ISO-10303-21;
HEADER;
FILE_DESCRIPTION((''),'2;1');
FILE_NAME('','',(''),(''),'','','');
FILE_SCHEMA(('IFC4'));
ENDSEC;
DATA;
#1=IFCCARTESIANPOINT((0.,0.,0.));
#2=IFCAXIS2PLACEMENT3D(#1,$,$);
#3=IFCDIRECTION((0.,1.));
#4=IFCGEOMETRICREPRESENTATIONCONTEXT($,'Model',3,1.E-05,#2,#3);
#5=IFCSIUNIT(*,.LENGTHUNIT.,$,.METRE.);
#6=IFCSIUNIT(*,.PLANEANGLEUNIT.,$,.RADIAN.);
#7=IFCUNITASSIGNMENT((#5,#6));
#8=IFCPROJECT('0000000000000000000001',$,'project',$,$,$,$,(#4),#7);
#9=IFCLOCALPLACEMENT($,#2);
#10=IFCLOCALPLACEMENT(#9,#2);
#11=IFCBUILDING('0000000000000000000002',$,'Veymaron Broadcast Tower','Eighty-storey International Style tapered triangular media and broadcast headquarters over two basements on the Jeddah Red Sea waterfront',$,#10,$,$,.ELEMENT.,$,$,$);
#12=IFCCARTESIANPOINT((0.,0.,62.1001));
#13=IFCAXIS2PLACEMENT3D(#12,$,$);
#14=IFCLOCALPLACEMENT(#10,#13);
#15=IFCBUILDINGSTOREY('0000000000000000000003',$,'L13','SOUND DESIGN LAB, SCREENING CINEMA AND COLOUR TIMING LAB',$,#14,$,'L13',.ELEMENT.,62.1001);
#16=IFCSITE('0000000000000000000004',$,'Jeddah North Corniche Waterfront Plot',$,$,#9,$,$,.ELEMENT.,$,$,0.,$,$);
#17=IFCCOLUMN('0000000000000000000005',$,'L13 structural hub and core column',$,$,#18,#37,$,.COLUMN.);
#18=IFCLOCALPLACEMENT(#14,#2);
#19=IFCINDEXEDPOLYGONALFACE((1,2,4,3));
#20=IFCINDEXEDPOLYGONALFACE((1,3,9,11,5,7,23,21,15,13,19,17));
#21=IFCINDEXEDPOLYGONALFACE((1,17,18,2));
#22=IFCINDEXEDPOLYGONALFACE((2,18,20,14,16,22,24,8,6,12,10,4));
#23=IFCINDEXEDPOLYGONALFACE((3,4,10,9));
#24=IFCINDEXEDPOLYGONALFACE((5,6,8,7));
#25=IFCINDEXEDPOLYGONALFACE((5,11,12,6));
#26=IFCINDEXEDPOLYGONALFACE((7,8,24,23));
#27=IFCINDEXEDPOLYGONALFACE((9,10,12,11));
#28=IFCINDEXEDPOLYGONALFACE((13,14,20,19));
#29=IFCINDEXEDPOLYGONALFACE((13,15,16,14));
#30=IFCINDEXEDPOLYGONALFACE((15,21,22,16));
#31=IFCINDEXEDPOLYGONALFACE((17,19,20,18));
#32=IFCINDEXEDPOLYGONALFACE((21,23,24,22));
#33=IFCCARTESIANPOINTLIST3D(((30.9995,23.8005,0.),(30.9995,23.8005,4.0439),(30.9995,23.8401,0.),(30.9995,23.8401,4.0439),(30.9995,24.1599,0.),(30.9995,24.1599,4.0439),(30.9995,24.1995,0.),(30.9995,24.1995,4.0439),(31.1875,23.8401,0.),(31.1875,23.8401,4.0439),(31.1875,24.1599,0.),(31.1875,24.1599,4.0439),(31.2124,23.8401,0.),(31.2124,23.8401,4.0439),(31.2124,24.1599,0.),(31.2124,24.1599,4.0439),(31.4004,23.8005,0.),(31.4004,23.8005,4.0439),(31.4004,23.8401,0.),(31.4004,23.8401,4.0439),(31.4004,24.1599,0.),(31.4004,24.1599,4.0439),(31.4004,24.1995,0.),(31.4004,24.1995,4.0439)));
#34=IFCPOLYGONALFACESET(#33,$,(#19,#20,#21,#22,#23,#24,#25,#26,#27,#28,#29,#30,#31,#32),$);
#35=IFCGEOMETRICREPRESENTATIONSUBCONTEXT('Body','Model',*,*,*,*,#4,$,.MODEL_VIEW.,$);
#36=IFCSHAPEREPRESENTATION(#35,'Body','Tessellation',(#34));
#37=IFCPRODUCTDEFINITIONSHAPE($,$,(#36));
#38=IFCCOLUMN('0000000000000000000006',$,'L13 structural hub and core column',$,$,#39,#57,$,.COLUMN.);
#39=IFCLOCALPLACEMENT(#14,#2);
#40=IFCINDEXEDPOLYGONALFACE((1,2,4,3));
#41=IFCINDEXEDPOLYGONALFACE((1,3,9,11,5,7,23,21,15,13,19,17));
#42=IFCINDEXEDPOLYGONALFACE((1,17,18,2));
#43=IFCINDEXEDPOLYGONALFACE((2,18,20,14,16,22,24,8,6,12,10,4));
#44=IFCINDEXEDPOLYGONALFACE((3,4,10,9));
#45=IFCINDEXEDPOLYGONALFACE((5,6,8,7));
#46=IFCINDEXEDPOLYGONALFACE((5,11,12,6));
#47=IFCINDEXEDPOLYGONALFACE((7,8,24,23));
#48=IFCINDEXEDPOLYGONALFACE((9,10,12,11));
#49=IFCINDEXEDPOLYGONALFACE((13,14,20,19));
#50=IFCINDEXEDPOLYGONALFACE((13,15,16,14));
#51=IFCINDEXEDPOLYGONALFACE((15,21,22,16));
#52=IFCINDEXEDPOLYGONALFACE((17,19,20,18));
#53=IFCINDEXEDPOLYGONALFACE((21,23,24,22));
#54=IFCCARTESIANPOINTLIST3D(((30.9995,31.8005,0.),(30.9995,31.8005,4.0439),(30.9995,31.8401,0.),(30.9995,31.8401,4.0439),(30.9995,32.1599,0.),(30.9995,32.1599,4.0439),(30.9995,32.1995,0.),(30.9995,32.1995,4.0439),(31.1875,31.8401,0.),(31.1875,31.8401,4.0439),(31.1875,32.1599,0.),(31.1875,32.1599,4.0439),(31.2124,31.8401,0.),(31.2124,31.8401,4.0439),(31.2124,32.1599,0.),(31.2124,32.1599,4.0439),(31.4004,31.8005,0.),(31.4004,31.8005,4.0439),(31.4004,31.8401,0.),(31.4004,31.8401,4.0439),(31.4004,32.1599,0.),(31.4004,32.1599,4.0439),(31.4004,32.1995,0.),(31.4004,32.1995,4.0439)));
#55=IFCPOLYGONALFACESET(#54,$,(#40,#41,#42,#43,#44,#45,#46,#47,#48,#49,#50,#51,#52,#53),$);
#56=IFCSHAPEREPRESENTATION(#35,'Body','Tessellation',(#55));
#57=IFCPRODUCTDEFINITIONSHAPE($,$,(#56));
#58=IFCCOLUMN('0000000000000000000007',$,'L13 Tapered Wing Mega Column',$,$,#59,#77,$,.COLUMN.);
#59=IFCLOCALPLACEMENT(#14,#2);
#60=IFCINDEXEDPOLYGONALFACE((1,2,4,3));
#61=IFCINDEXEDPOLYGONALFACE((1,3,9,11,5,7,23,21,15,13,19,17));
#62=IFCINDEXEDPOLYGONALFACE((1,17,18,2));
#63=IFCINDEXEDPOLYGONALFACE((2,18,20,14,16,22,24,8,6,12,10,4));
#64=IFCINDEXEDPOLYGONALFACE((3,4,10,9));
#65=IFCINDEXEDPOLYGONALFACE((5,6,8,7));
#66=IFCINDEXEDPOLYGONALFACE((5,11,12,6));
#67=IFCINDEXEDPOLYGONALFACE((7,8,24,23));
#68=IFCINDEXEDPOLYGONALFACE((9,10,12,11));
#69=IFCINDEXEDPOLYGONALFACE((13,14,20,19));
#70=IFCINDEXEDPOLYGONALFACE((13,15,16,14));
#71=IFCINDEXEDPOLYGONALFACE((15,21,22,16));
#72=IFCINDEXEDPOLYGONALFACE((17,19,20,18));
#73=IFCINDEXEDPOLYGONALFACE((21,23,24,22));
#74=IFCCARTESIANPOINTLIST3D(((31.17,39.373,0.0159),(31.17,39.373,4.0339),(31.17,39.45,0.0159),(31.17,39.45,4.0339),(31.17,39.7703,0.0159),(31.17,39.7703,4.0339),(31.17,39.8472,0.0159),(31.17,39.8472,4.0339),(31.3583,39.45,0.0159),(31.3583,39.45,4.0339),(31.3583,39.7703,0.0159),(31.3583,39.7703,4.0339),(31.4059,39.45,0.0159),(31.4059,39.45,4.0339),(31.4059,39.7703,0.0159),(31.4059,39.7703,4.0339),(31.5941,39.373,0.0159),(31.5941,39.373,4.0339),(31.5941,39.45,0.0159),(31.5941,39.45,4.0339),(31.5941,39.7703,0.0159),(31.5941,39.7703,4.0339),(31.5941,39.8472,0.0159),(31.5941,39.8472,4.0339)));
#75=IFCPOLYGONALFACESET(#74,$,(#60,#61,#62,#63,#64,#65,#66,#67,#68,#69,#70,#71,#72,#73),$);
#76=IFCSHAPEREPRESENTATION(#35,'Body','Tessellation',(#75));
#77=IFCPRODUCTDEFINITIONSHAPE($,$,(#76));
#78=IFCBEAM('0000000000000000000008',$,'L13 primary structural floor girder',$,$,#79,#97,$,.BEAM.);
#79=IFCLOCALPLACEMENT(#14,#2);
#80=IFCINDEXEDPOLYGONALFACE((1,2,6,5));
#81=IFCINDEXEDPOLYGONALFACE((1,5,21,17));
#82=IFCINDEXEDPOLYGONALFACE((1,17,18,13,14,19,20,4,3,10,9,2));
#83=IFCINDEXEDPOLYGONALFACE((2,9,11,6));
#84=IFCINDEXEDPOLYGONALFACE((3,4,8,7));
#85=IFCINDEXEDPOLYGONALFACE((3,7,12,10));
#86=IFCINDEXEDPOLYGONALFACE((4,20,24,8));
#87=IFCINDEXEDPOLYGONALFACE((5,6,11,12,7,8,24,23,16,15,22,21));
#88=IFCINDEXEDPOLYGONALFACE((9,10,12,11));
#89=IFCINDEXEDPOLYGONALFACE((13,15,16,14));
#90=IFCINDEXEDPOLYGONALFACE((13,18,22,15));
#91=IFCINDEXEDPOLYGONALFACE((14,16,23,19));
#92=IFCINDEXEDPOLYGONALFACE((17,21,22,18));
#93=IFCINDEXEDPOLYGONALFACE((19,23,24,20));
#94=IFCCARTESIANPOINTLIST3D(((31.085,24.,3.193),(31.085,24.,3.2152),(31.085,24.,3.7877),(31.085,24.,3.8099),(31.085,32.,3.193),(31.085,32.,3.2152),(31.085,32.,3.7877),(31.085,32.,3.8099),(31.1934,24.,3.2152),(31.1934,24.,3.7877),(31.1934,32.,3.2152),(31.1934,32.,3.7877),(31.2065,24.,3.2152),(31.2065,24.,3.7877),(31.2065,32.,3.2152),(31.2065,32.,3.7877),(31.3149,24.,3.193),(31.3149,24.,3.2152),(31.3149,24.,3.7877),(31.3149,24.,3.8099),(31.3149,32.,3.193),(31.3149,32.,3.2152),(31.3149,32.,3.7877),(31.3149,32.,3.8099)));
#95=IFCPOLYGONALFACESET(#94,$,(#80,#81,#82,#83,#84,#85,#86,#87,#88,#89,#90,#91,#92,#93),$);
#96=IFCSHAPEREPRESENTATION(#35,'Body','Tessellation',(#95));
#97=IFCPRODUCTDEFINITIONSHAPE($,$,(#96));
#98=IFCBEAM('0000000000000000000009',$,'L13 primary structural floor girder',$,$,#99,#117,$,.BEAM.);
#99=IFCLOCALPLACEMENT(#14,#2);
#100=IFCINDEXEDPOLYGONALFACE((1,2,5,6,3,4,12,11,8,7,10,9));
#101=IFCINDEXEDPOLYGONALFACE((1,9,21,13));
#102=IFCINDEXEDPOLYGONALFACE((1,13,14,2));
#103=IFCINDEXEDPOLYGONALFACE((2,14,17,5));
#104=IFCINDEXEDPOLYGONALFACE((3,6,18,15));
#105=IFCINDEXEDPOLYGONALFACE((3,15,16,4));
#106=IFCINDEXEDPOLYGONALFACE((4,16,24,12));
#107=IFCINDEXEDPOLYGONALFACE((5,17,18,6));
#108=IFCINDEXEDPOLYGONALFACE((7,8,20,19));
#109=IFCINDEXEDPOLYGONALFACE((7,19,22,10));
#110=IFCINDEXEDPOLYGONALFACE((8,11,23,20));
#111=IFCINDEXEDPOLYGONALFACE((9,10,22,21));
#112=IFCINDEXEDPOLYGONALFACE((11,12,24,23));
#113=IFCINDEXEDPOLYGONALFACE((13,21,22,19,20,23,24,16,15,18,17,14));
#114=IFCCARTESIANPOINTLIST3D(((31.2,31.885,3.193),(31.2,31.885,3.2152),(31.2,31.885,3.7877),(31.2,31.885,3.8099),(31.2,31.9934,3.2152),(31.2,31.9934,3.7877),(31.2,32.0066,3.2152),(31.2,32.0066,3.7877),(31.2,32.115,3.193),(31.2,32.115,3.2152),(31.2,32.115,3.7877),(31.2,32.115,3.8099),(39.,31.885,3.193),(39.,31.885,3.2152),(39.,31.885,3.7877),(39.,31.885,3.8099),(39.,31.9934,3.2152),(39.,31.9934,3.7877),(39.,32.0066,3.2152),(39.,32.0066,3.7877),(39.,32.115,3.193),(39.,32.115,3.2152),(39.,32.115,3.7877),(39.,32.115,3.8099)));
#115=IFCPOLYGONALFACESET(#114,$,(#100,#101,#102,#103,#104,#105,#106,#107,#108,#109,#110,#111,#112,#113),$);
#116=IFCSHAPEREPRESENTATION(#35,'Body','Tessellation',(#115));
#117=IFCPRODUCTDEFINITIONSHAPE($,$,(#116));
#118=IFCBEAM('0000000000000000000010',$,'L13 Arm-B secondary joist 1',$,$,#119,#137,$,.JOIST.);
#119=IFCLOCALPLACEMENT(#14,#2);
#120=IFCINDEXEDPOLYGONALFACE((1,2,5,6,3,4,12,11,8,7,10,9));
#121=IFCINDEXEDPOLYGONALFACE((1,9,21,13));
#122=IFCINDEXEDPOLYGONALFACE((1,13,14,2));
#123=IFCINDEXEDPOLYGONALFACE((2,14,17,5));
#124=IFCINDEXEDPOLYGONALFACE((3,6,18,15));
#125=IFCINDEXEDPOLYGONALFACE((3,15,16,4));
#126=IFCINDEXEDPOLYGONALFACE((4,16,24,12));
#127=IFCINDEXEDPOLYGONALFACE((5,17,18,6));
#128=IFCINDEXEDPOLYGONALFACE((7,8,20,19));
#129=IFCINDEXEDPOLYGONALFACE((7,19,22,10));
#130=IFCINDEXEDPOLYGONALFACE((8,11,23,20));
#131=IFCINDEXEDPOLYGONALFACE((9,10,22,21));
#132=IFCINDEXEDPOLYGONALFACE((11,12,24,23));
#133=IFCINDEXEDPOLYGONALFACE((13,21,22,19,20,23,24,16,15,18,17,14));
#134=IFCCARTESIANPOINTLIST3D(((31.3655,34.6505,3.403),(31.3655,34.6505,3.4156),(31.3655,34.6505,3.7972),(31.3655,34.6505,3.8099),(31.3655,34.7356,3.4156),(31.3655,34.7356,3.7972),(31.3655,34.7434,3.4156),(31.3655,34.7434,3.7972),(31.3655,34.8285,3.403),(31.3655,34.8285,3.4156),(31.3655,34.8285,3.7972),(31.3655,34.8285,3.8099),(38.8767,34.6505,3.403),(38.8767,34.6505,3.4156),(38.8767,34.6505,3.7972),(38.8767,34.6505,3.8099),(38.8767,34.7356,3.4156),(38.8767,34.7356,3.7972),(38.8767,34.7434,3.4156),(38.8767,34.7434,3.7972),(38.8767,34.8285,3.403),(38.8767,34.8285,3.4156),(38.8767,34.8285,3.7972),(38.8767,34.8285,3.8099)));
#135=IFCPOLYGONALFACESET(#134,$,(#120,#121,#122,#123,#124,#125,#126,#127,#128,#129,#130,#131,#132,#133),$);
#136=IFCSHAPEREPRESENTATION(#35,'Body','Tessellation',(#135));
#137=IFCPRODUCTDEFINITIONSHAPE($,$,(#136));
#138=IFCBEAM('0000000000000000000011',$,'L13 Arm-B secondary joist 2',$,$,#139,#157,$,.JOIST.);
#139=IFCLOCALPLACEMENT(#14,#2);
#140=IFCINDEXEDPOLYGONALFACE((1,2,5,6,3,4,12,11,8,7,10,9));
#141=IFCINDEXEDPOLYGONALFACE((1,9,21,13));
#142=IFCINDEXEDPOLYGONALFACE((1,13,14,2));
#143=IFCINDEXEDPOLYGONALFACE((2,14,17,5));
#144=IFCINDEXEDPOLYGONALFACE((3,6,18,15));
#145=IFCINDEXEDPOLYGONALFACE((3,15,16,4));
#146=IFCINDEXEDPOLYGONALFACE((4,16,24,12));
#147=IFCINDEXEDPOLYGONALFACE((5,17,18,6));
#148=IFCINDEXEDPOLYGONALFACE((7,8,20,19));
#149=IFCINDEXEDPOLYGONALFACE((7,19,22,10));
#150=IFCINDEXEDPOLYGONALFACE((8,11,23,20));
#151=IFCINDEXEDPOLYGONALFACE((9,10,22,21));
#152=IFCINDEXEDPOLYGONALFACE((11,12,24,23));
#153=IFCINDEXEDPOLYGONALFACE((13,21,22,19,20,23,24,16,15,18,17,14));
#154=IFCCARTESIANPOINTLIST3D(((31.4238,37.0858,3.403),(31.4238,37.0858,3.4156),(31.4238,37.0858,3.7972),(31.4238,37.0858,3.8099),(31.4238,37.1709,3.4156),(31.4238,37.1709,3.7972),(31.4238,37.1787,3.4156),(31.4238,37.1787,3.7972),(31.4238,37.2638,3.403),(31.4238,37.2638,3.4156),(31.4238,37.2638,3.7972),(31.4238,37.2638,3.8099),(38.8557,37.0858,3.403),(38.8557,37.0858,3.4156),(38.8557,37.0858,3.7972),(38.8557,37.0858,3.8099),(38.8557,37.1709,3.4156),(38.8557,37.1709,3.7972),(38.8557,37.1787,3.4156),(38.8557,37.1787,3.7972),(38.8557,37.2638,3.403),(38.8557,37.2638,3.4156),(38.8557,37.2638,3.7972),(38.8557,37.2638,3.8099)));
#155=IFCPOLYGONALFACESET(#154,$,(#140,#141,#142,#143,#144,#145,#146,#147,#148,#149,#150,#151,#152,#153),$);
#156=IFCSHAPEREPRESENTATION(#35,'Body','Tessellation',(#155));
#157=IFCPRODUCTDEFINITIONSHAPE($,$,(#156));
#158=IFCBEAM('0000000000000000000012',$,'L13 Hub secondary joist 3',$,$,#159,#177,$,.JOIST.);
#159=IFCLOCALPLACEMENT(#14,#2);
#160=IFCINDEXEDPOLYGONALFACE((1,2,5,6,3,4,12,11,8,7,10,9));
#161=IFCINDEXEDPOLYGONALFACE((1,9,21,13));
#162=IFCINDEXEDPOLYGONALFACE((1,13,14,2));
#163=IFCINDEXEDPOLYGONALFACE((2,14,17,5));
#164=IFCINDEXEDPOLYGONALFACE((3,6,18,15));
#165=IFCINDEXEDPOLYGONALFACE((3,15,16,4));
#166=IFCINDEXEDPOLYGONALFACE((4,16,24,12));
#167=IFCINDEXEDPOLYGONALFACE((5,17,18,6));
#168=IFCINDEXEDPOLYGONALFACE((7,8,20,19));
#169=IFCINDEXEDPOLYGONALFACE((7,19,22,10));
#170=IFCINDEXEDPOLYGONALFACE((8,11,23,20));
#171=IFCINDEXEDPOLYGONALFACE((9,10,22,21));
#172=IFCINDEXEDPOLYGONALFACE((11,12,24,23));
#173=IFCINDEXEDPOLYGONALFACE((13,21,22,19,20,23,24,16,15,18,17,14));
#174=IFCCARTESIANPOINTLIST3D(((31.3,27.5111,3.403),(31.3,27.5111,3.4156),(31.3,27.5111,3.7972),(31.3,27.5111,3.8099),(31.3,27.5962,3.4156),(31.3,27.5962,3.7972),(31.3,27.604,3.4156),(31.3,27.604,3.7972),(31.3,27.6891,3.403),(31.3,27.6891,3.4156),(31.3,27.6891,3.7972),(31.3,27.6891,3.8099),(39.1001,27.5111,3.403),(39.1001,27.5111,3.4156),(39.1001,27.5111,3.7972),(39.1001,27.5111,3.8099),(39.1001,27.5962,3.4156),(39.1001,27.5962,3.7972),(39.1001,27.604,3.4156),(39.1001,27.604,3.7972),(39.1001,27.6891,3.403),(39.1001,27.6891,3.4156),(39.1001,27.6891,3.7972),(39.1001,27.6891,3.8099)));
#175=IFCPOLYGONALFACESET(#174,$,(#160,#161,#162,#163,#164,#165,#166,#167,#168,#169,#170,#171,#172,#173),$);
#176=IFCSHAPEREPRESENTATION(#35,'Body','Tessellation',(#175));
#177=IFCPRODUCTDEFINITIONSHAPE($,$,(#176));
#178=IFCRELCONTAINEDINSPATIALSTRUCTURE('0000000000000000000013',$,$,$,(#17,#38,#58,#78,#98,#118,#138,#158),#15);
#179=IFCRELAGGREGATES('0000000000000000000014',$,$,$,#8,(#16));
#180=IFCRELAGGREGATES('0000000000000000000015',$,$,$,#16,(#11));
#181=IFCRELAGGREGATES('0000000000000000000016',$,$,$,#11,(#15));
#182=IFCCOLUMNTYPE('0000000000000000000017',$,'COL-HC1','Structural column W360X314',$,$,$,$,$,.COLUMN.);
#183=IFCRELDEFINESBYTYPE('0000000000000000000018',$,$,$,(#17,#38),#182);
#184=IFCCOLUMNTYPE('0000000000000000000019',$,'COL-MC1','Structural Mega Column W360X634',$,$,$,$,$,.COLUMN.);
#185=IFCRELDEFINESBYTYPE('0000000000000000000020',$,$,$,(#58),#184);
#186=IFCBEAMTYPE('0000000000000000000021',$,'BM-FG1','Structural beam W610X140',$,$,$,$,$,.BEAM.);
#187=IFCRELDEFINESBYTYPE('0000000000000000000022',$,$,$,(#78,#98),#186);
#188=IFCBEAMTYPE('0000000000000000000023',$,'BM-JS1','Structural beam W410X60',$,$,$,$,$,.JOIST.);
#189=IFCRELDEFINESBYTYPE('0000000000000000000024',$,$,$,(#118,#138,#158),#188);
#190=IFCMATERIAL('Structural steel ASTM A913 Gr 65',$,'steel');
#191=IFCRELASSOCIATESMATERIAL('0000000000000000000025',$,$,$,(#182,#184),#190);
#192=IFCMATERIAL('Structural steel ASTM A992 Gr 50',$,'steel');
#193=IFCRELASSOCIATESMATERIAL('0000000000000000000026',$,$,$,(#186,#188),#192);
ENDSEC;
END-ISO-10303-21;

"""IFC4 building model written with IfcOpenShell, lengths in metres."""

from ifc_helpers import new_model, si_unit, direction, frame, origin, origin_2d, place, context, subcontext, project, spatial, i_section, extrude, material, material_profile, profile_set, type_object, element, save


model = new_model("IFC4")

# Units and contexts
model_context = context("Model", 3, precision=1e-05, world=origin(), true_north=direction((0.0, 1.0)))
body_context = subcontext(model_context, "Body", "Model", "MODEL_VIEW")
ifc_project = project(units=[si_unit("LENGTHUNIT", "METRE"), si_unit("PLANEANGLEUNIT", "RADIAN")], contexts=[model_context])

# Site, building, storey
site_placement = place(None, origin())
site = spatial("IfcSite", under=ifc_project, at=site_placement, Name="Jeddah North Corniche Waterfront Plot", CompositionType="ELEMENT", RefElevation=0.0)
building_placement = place(site_placement, origin())
building = spatial("IfcBuilding", under=site, at=building_placement, Name="Veymaron Broadcast Tower", Description="Eighty-storey International Style tapered triangular media and broadcast headquarters over two basements on the Jeddah Red Sea waterfront", CompositionType="ELEMENT")
storey_placement = place(building_placement, frame((0.0, 0.0, 62.1001)))
storey = spatial("IfcBuildingStorey", under=building, at=storey_placement, Name="L13", Description="SOUND DESIGN LAB, SCREENING CINEMA AND COLOUR TIMING LAB", LongName="L13", CompositionType="ELEMENT", Elevation=62.1001)

# Columns
ifc_material_1 = material(Name="Structural steel ASTM A913 Gr 65", Category="steel")
ifc_material_profile_1 = material_profile(ifc_material_1, i_section(OverallWidth=0.4009, OverallDepth=0.3989, WebThickness=0.0249, FlangeThickness=0.0396, at=origin_2d()), Name="W360X314")
ifc_profile_set_1 = profile_set([ifc_material_profile_1], Name="Structural steel ASTM A913 Gr 65")
column_type_1 = type_object("IfcColumnType", Name="COL-HC1", Description="Structural column W360X314", PredefinedType="COLUMN", material=ifc_profile_set_1)
for number, where, z_axis, x_axis, name in (
    (1, (31.2, 24.0, 0.0), (0.0, 0.0, 1.0), (1.0, 0.0, 0.0), "L13 structural hub and core column"),
    (2, (31.2, 32.0, 0.0), (0.0, 0.0, 1.0), (1.0, 0.0, 0.0), "L13 structural hub and core column"),
):
    element("IfcColumn", number, at=place(storey_placement, frame(where, z_axis=z_axis, x_axis=x_axis)), inside=storey, type_object=column_type_1, Name=name, PredefinedType="COLUMN", context=body_context, shape_type="SweptSolid", body=[
        extrude(i_section(OverallWidth=0.4009, OverallDepth=0.3989, WebThickness=0.0249, FlangeThickness=0.0396, at=origin_2d()), origin(), (0.0, 0.0, 1.0), 4.0439),
    ])
ifc_material_profile_2 = material_profile(ifc_material_1, i_section(OverallWidth=0.4241, OverallDepth=0.4741, WebThickness=0.0476, FlangeThickness=0.0769, at=origin_2d()), Name="W360X634")
ifc_profile_set_2 = profile_set([ifc_material_profile_2], Name="Structural steel ASTM A913 Gr 65")
column_type_2 = type_object("IfcColumnType", Name="COL-MC1", Description="Structural Mega Column W360X634", PredefinedType="COLUMN", material=ifc_profile_set_2)
column_placement = place(storey_placement, frame((31.3821, 39.6101, 0.0159), z_axis=(0.0, 0.0, 1.0), x_axis=(1.0, 0.0, 0.0)))
element("IfcColumn", 3, at=column_placement, inside=storey, type_object=column_type_2, Name="L13 Tapered Wing Mega Column", PredefinedType="COLUMN", context=body_context, shape_type="SweptSolid", body=[
    extrude(i_section(OverallWidth=0.4241, OverallDepth=0.4741, WebThickness=0.0476, FlangeThickness=0.0769, at=origin_2d()), origin(), (0.0, 0.0, 1.0), 4.0181),
])

# Beams
ifc_material_2 = material(Name="Structural steel ASTM A992 Gr 50", Category="steel")
ifc_material_profile_3 = material_profile(ifc_material_2, i_section(OverallWidth=0.23, OverallDepth=0.6169, WebThickness=0.0132, FlangeThickness=0.0222, at=origin_2d()), Name="W610X140")
ifc_profile_set_3 = profile_set([ifc_material_profile_3], Name="Structural steel ASTM A992 Gr 50")
beam_type_1 = type_object("IfcBeamType", Name="BM-FG1", Description="Structural beam W610X140", PredefinedType="BEAM", material=ifc_profile_set_3)
beam_1_placement = place(storey_placement, frame((31.2, 24.0, 3.5015), z_axis=(0.0, 1.0, 0.0), x_axis=(-1.0, 0.0, 0.0)))
element("IfcBeam", 4, at=beam_1_placement, inside=storey, type_object=beam_type_1, Name="L13 primary structural floor girder", PredefinedType="BEAM", context=body_context, shape_type="SweptSolid", body=[
    extrude(i_section(OverallWidth=0.23, OverallDepth=0.6169, WebThickness=0.0132, FlangeThickness=0.0222, at=origin_2d()), origin(), (0.0, 0.0, 1.0), 8.0),
])
beam_2_placement = place(storey_placement, frame((31.2, 32.0, 3.5015), z_axis=(1.0, 0.0, 0.0), x_axis=(0.0, 1.0, 0.0)))
element("IfcBeam", 5, at=beam_2_placement, inside=storey, type_object=beam_type_1, Name="L13 primary structural floor girder", PredefinedType="BEAM", context=body_context, shape_type="SweptSolid", body=[
    extrude(i_section(OverallWidth=0.23, OverallDepth=0.6169, WebThickness=0.0132, FlangeThickness=0.0222, at=origin_2d()), origin(), (0.0, 0.0, 1.0), 7.8),
])
ifc_material_profile_4 = material_profile(ifc_material_2, i_section(OverallWidth=0.178, OverallDepth=0.407, WebThickness=0.0078, FlangeThickness=0.0127, at=origin_2d()), Name="W410X60")
ifc_profile_set_4 = profile_set([ifc_material_profile_4], Name="Structural steel ASTM A992 Gr 50")
beam_type_2 = type_object("IfcBeamType", Name="BM-JS1", Description="Structural beam W410X60", PredefinedType="JOIST", material=ifc_profile_set_4)
beam_3_placement = place(storey_placement, frame((31.3655, 34.7395, 3.6064), z_axis=(1.0, 0.0, 0.0), x_axis=(0.0, 1.0, 0.0)))
element("IfcBeam", 6, at=beam_3_placement, inside=storey, type_object=beam_type_2, Name="L13 Arm-B secondary joist 1", PredefinedType="JOIST", context=body_context, shape_type="SweptSolid", body=[
    extrude(i_section(OverallWidth=0.178, OverallDepth=0.407, WebThickness=0.0078, FlangeThickness=0.0127, at=origin_2d()), origin(), (0.0, 0.0, 1.0), 7.5112),
])
beam_4_placement = place(storey_placement, frame((31.4238, 37.1748, 3.6064), z_axis=(1.0, 0.0, 0.0), x_axis=(0.0, 1.0, 0.0)))
element("IfcBeam", 7, at=beam_4_placement, inside=storey, type_object=beam_type_2, Name="L13 Arm-B secondary joist 2", PredefinedType="JOIST", context=body_context, shape_type="SweptSolid", body=[
    extrude(i_section(OverallWidth=0.178, OverallDepth=0.407, WebThickness=0.0078, FlangeThickness=0.0127, at=origin_2d()), origin(), (0.0, 0.0, 1.0), 7.4319),
])
for number, where, z_axis, x_axis, name in (
    (8, (31.3, 27.6001, 3.6064), (1.0, 0.0, 0.0), (0.0, 1.0, 0.0), "L13 Hub secondary joist 3"),
):
    element("IfcBeam", number, at=place(storey_placement, frame(where, z_axis=z_axis, x_axis=x_axis)), inside=storey, type_object=beam_type_2, Name=name, PredefinedType="JOIST", context=body_context, shape_type="SweptSolid", body=[
        extrude(i_section(OverallWidth=0.178, OverallDepth=0.407, WebThickness=0.0078, FlangeThickness=0.0127, at=origin_2d()), origin(), (0.0, 0.0, 1.0), 7.8),
    ])

save(model, "model.ifc")
